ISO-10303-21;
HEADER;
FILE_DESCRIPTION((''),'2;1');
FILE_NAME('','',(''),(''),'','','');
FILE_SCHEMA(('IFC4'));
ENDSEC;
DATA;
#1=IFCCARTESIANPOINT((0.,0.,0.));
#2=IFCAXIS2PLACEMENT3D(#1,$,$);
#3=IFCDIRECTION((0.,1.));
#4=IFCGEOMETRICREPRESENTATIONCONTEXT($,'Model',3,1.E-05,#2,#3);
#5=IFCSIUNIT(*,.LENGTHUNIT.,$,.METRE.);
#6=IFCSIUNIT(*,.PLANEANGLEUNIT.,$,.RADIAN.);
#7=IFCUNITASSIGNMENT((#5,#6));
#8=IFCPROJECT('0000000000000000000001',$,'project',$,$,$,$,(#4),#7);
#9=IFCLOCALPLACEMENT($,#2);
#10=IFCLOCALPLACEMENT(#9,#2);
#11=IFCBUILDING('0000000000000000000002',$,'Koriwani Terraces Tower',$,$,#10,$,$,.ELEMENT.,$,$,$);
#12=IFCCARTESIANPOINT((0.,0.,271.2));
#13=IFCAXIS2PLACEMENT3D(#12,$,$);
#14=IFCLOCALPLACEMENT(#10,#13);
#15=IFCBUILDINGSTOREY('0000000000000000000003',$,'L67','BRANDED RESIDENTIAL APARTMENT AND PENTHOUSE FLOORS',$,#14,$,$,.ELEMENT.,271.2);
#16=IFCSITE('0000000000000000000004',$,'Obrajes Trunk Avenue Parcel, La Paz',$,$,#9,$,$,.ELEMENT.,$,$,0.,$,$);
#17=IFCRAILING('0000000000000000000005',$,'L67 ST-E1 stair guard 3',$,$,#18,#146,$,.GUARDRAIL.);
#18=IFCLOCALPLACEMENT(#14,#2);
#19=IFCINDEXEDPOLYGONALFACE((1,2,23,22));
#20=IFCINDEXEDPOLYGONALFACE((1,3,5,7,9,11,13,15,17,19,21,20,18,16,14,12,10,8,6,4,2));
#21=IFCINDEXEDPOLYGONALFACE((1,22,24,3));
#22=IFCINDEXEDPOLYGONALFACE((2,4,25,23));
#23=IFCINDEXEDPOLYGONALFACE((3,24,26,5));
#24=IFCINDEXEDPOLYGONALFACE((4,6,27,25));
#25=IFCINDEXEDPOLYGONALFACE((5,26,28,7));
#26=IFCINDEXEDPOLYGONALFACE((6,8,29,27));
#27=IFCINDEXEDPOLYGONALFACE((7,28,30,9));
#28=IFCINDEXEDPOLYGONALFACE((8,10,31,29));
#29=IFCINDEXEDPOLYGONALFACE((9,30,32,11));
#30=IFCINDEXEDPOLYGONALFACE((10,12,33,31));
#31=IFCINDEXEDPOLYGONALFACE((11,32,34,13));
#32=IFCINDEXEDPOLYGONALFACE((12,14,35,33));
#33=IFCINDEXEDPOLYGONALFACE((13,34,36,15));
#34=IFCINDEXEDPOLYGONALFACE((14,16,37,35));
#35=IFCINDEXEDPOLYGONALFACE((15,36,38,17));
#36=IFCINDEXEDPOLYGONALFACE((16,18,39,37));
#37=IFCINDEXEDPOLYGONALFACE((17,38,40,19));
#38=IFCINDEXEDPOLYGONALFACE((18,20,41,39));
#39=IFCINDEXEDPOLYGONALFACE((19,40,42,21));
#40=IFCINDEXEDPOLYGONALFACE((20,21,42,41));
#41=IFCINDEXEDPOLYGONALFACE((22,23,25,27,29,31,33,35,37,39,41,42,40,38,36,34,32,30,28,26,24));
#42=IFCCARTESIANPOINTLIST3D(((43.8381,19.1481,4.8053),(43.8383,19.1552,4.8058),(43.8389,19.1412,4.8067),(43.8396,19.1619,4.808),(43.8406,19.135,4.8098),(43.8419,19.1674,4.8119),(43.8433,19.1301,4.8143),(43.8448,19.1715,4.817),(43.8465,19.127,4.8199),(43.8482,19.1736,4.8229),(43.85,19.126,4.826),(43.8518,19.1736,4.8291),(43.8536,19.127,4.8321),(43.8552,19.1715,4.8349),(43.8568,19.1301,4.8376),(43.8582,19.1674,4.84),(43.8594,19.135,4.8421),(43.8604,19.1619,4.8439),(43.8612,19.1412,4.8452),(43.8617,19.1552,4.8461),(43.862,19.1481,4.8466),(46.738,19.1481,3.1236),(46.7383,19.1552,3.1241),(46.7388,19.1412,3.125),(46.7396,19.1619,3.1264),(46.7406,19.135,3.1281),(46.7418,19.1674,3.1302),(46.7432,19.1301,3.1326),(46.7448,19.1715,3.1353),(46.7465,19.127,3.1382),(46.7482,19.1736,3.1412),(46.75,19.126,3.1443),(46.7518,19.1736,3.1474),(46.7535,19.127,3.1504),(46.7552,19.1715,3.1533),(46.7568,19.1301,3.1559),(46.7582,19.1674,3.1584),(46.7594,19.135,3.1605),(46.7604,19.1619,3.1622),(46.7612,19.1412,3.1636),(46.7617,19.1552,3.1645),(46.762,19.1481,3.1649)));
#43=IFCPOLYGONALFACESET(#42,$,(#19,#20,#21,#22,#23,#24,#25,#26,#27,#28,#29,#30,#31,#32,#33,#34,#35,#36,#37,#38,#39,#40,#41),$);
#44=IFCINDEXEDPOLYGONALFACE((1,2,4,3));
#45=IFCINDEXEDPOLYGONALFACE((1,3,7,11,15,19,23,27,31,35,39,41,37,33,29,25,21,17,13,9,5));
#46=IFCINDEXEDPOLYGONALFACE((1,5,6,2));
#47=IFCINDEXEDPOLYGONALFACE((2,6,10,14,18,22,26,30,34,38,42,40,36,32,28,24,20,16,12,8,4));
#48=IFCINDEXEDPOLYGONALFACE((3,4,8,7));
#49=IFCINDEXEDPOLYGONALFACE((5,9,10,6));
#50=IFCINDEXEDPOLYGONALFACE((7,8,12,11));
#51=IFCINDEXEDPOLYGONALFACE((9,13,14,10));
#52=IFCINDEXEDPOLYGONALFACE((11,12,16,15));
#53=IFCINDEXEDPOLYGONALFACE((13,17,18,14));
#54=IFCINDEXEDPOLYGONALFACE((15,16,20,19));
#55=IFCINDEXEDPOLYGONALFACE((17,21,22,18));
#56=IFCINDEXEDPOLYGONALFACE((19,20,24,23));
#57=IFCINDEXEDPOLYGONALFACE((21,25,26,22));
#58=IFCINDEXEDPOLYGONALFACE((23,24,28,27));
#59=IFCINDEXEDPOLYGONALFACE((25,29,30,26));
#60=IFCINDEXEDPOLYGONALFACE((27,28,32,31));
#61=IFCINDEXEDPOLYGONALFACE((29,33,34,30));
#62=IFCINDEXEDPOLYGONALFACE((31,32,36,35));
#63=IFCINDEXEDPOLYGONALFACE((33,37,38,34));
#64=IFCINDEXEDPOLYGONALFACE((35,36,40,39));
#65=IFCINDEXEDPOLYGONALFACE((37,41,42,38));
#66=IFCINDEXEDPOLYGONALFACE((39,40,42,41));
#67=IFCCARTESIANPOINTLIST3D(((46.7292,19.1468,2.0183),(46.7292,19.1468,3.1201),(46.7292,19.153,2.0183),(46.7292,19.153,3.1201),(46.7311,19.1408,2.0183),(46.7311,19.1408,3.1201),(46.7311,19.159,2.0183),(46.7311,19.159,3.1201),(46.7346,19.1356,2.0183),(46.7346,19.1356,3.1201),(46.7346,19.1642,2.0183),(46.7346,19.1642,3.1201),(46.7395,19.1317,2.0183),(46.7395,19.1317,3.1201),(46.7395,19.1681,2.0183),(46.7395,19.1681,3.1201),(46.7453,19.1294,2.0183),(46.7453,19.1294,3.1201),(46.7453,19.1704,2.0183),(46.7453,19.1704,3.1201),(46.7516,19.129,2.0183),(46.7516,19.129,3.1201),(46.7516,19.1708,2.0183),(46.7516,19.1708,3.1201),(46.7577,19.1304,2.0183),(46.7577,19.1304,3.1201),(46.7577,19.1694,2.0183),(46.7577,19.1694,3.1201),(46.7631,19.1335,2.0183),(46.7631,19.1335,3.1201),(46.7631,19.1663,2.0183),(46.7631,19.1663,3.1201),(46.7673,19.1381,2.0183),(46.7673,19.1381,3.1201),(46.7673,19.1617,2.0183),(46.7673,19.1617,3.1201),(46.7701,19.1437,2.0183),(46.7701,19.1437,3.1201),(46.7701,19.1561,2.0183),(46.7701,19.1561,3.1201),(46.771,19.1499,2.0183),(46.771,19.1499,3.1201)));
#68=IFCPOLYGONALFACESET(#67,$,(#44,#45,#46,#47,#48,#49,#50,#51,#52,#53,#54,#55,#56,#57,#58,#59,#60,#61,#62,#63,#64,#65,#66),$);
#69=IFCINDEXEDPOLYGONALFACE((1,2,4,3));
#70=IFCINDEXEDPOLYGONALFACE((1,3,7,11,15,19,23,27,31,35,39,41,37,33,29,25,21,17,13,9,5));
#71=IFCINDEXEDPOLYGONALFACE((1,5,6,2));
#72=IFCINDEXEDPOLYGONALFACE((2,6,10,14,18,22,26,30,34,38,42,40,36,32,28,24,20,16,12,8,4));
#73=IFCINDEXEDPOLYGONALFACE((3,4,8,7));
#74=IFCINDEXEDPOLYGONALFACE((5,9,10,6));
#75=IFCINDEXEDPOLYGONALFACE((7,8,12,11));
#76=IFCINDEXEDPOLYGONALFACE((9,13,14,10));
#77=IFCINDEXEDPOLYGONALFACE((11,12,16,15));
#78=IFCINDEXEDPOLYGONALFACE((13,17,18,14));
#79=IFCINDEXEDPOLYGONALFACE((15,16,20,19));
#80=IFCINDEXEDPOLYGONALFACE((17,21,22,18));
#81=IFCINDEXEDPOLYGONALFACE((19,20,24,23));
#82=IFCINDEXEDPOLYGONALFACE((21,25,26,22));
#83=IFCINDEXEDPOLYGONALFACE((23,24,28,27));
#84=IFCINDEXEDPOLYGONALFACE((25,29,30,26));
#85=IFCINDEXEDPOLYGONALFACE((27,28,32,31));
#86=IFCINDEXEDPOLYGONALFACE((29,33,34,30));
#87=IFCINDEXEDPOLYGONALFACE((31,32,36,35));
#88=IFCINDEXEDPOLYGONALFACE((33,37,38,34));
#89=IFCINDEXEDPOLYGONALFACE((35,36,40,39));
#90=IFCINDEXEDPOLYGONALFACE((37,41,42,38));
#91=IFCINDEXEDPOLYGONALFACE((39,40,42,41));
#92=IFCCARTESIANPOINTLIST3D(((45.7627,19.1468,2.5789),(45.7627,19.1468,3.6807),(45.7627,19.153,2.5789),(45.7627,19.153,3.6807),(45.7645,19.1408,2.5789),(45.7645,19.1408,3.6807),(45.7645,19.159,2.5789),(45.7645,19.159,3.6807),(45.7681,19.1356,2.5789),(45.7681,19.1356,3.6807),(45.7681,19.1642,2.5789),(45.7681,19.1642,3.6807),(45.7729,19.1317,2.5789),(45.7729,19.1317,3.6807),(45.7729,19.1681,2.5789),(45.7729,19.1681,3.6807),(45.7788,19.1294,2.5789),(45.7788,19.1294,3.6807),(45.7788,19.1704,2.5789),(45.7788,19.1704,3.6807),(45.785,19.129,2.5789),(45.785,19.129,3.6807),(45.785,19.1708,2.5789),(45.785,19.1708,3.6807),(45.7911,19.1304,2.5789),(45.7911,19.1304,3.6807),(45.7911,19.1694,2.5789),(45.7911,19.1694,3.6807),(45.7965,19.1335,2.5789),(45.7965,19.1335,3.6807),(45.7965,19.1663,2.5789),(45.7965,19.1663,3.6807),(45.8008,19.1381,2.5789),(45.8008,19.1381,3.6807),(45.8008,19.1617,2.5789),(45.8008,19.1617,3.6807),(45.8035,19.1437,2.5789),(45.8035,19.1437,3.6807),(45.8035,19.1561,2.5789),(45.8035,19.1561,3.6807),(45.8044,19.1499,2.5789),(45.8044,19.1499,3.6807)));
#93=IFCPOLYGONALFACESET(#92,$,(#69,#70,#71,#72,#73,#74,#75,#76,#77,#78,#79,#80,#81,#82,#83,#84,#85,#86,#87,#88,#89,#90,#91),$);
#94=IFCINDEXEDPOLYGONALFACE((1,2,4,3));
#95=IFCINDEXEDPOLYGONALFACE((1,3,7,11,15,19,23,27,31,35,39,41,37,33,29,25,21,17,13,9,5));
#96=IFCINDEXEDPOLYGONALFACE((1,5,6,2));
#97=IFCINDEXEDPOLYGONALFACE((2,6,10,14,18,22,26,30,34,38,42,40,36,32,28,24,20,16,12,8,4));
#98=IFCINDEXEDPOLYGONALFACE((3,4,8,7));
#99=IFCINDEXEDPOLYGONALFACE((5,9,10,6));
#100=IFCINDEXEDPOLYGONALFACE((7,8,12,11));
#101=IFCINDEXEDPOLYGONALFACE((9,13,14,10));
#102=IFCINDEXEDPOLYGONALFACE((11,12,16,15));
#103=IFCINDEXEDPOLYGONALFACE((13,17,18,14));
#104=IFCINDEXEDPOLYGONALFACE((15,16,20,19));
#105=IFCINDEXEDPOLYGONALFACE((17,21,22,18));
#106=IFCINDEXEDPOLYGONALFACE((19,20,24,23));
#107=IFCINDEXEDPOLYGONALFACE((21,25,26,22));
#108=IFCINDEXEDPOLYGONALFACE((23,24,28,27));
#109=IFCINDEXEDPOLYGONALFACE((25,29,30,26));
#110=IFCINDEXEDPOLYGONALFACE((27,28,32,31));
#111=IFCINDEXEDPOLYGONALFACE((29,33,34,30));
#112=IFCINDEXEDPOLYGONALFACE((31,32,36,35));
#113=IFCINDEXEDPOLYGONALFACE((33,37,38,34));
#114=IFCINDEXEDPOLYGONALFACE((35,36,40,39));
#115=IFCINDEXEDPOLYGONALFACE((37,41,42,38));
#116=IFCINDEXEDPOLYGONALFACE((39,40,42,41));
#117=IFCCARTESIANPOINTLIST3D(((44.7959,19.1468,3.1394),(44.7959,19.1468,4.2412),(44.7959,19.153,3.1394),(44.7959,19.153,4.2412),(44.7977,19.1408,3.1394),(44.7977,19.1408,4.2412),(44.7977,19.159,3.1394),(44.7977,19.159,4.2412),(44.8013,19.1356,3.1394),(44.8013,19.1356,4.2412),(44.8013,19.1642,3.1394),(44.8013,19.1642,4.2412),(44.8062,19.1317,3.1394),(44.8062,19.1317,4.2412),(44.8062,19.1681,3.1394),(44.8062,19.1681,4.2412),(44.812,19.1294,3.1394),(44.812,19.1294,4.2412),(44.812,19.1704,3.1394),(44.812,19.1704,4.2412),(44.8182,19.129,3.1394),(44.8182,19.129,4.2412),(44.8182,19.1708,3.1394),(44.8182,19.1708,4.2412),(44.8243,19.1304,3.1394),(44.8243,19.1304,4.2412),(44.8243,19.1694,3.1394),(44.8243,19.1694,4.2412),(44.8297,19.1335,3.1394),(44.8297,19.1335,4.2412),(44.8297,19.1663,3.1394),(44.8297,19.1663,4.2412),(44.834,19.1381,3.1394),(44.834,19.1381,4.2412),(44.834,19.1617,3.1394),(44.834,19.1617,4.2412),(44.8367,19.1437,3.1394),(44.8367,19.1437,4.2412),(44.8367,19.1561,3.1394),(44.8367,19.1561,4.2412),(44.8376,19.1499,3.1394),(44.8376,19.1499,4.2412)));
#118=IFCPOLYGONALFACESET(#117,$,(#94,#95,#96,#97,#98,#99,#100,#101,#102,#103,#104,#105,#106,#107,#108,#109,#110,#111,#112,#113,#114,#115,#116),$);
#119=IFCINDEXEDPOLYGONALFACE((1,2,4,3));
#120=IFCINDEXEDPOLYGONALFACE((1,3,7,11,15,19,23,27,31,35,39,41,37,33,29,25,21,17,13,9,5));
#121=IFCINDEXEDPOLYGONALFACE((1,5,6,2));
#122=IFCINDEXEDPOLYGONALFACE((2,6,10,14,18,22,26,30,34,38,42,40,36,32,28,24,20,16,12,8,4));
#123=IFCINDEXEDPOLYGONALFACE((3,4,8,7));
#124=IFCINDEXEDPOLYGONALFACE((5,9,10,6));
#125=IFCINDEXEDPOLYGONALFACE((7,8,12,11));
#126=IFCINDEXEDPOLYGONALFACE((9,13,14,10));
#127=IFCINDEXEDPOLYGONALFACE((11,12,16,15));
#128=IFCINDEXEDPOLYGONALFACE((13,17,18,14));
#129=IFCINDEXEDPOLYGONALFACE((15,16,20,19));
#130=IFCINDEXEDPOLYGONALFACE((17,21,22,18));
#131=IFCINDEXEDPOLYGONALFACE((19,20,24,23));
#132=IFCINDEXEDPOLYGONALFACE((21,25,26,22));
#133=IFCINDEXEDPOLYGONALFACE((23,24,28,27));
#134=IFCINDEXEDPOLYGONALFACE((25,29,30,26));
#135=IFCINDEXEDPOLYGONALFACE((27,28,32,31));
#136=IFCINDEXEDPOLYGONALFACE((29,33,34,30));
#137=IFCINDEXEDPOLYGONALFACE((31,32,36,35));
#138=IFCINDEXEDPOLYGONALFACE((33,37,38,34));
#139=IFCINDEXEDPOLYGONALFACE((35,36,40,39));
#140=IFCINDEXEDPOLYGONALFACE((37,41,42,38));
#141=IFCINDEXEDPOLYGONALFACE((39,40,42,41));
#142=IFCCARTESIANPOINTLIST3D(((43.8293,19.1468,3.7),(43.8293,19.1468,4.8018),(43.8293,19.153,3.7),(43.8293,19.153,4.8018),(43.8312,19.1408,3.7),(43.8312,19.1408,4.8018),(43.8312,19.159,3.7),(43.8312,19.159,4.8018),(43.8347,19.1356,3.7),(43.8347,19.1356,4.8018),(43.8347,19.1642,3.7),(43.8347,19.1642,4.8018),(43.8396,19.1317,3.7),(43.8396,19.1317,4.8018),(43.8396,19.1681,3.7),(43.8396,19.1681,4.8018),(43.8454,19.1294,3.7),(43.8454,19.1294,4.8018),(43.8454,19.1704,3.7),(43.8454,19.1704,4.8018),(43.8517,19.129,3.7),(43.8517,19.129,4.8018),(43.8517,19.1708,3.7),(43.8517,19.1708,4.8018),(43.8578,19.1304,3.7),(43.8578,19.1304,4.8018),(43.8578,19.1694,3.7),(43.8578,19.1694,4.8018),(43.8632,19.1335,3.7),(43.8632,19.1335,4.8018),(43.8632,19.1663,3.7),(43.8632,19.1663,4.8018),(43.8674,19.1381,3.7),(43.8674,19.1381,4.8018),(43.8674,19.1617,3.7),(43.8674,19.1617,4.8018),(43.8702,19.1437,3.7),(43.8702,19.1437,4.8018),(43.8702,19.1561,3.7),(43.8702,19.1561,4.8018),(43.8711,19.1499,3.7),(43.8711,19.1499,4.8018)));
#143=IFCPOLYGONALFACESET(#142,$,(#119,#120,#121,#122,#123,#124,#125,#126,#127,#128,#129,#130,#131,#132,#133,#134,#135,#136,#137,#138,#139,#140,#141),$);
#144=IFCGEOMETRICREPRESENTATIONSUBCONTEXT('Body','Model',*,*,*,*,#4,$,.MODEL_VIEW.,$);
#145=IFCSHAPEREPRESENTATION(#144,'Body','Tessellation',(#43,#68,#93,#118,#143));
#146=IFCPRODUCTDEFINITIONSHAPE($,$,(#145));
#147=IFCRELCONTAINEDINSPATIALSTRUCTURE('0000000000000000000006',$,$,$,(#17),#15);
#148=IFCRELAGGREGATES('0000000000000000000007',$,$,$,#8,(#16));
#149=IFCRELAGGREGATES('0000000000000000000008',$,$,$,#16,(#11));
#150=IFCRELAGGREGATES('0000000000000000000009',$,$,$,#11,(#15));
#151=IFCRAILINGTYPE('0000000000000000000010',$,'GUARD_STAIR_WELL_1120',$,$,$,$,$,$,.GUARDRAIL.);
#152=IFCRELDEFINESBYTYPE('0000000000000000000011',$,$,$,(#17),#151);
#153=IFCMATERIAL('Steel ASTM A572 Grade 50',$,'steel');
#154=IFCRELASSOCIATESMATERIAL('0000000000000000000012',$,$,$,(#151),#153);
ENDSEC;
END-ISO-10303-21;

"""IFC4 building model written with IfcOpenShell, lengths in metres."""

from ifc_helpers import new_model, si_unit, direction, frame, origin, origin_2d, place, context, subcontext, project, spatial, circle, extrude, material, type_object, element, save


model = new_model("IFC4")

# Units and contexts
model_context = context("Model", 3, precision=1e-05, world=origin(), true_north=direction((0.0, 1.0)))
body_context = subcontext(model_context, "Body", "Model", "MODEL_VIEW")
ifc_project = project(units=[si_unit("LENGTHUNIT", "METRE"), si_unit("PLANEANGLEUNIT", "RADIAN")], contexts=[model_context])

# Site, building, storey
site_placement = place(None, origin())
site = spatial("IfcSite", under=ifc_project, at=site_placement, Name="Obrajes Trunk Avenue Parcel, La Paz", CompositionType="ELEMENT", RefElevation=0.0)
building_placement = place(site_placement, origin())
building = spatial("IfcBuilding", under=site, at=building_placement, Name="Koriwani Terraces Tower", CompositionType="ELEMENT")
storey_placement = place(building_placement, frame((0.0, 0.0, 271.2)))
storey = spatial("IfcBuildingStorey", under=building, at=storey_placement, Name="L67", Description="BRANDED RESIDENTIAL APARTMENT AND PENTHOUSE FLOORS", CompositionType="ELEMENT", Elevation=271.2)

# Shared definitions
ifc_material_1 = material(Name="Steel ASTM A572 Grade 50", Category="steel")

# Railing
railing_type_1 = type_object("IfcRailingType", Name="GUARD_STAIR_WELL_1120", PredefinedType="GUARDRAIL", material=ifc_material_1)
railing_1_placement = place(storey_placement, frame((46.75, 19.1499, 2.0183)))
element("IfcRailing", 1, at=railing_1_placement, inside=storey, type_object=railing_type_1, Name="L67 ST-E1 stair guard 3", PredefinedType="GUARDRAIL", context=body_context, shape_type="SweptSolid", body=[
    extrude(circle(Radius=0.0239, at=origin_2d()), frame((0.0, 0.0, 1.126), z_axis=(-0.86507, 0.0, 0.501651), x_axis=(0.0, -1.0, 0.0)), (0.0, 0.0, 1.0), 3.3523),
    extrude(circle(Radius=0.021, at=origin_2d()), origin(), (0.0, 0.0, 1.0), 1.1018),
    extrude(circle(Radius=0.021, at=origin_2d()), frame((-0.9666, 0.0, 0.5605)), (0.0, 0.0, 1.0), 1.1018),
    extrude(circle(Radius=0.021, at=origin_2d()), frame((-1.9333, 0.0, 1.1211)), (0.0, 0.0, 1.0), 1.1018),
    extrude(circle(Radius=0.021, at=origin_2d()), frame((-2.8999, 0.0, 1.6816)), (0.0, 0.0, 1.0), 1.1018),
])

save(model, "model.ifc")
